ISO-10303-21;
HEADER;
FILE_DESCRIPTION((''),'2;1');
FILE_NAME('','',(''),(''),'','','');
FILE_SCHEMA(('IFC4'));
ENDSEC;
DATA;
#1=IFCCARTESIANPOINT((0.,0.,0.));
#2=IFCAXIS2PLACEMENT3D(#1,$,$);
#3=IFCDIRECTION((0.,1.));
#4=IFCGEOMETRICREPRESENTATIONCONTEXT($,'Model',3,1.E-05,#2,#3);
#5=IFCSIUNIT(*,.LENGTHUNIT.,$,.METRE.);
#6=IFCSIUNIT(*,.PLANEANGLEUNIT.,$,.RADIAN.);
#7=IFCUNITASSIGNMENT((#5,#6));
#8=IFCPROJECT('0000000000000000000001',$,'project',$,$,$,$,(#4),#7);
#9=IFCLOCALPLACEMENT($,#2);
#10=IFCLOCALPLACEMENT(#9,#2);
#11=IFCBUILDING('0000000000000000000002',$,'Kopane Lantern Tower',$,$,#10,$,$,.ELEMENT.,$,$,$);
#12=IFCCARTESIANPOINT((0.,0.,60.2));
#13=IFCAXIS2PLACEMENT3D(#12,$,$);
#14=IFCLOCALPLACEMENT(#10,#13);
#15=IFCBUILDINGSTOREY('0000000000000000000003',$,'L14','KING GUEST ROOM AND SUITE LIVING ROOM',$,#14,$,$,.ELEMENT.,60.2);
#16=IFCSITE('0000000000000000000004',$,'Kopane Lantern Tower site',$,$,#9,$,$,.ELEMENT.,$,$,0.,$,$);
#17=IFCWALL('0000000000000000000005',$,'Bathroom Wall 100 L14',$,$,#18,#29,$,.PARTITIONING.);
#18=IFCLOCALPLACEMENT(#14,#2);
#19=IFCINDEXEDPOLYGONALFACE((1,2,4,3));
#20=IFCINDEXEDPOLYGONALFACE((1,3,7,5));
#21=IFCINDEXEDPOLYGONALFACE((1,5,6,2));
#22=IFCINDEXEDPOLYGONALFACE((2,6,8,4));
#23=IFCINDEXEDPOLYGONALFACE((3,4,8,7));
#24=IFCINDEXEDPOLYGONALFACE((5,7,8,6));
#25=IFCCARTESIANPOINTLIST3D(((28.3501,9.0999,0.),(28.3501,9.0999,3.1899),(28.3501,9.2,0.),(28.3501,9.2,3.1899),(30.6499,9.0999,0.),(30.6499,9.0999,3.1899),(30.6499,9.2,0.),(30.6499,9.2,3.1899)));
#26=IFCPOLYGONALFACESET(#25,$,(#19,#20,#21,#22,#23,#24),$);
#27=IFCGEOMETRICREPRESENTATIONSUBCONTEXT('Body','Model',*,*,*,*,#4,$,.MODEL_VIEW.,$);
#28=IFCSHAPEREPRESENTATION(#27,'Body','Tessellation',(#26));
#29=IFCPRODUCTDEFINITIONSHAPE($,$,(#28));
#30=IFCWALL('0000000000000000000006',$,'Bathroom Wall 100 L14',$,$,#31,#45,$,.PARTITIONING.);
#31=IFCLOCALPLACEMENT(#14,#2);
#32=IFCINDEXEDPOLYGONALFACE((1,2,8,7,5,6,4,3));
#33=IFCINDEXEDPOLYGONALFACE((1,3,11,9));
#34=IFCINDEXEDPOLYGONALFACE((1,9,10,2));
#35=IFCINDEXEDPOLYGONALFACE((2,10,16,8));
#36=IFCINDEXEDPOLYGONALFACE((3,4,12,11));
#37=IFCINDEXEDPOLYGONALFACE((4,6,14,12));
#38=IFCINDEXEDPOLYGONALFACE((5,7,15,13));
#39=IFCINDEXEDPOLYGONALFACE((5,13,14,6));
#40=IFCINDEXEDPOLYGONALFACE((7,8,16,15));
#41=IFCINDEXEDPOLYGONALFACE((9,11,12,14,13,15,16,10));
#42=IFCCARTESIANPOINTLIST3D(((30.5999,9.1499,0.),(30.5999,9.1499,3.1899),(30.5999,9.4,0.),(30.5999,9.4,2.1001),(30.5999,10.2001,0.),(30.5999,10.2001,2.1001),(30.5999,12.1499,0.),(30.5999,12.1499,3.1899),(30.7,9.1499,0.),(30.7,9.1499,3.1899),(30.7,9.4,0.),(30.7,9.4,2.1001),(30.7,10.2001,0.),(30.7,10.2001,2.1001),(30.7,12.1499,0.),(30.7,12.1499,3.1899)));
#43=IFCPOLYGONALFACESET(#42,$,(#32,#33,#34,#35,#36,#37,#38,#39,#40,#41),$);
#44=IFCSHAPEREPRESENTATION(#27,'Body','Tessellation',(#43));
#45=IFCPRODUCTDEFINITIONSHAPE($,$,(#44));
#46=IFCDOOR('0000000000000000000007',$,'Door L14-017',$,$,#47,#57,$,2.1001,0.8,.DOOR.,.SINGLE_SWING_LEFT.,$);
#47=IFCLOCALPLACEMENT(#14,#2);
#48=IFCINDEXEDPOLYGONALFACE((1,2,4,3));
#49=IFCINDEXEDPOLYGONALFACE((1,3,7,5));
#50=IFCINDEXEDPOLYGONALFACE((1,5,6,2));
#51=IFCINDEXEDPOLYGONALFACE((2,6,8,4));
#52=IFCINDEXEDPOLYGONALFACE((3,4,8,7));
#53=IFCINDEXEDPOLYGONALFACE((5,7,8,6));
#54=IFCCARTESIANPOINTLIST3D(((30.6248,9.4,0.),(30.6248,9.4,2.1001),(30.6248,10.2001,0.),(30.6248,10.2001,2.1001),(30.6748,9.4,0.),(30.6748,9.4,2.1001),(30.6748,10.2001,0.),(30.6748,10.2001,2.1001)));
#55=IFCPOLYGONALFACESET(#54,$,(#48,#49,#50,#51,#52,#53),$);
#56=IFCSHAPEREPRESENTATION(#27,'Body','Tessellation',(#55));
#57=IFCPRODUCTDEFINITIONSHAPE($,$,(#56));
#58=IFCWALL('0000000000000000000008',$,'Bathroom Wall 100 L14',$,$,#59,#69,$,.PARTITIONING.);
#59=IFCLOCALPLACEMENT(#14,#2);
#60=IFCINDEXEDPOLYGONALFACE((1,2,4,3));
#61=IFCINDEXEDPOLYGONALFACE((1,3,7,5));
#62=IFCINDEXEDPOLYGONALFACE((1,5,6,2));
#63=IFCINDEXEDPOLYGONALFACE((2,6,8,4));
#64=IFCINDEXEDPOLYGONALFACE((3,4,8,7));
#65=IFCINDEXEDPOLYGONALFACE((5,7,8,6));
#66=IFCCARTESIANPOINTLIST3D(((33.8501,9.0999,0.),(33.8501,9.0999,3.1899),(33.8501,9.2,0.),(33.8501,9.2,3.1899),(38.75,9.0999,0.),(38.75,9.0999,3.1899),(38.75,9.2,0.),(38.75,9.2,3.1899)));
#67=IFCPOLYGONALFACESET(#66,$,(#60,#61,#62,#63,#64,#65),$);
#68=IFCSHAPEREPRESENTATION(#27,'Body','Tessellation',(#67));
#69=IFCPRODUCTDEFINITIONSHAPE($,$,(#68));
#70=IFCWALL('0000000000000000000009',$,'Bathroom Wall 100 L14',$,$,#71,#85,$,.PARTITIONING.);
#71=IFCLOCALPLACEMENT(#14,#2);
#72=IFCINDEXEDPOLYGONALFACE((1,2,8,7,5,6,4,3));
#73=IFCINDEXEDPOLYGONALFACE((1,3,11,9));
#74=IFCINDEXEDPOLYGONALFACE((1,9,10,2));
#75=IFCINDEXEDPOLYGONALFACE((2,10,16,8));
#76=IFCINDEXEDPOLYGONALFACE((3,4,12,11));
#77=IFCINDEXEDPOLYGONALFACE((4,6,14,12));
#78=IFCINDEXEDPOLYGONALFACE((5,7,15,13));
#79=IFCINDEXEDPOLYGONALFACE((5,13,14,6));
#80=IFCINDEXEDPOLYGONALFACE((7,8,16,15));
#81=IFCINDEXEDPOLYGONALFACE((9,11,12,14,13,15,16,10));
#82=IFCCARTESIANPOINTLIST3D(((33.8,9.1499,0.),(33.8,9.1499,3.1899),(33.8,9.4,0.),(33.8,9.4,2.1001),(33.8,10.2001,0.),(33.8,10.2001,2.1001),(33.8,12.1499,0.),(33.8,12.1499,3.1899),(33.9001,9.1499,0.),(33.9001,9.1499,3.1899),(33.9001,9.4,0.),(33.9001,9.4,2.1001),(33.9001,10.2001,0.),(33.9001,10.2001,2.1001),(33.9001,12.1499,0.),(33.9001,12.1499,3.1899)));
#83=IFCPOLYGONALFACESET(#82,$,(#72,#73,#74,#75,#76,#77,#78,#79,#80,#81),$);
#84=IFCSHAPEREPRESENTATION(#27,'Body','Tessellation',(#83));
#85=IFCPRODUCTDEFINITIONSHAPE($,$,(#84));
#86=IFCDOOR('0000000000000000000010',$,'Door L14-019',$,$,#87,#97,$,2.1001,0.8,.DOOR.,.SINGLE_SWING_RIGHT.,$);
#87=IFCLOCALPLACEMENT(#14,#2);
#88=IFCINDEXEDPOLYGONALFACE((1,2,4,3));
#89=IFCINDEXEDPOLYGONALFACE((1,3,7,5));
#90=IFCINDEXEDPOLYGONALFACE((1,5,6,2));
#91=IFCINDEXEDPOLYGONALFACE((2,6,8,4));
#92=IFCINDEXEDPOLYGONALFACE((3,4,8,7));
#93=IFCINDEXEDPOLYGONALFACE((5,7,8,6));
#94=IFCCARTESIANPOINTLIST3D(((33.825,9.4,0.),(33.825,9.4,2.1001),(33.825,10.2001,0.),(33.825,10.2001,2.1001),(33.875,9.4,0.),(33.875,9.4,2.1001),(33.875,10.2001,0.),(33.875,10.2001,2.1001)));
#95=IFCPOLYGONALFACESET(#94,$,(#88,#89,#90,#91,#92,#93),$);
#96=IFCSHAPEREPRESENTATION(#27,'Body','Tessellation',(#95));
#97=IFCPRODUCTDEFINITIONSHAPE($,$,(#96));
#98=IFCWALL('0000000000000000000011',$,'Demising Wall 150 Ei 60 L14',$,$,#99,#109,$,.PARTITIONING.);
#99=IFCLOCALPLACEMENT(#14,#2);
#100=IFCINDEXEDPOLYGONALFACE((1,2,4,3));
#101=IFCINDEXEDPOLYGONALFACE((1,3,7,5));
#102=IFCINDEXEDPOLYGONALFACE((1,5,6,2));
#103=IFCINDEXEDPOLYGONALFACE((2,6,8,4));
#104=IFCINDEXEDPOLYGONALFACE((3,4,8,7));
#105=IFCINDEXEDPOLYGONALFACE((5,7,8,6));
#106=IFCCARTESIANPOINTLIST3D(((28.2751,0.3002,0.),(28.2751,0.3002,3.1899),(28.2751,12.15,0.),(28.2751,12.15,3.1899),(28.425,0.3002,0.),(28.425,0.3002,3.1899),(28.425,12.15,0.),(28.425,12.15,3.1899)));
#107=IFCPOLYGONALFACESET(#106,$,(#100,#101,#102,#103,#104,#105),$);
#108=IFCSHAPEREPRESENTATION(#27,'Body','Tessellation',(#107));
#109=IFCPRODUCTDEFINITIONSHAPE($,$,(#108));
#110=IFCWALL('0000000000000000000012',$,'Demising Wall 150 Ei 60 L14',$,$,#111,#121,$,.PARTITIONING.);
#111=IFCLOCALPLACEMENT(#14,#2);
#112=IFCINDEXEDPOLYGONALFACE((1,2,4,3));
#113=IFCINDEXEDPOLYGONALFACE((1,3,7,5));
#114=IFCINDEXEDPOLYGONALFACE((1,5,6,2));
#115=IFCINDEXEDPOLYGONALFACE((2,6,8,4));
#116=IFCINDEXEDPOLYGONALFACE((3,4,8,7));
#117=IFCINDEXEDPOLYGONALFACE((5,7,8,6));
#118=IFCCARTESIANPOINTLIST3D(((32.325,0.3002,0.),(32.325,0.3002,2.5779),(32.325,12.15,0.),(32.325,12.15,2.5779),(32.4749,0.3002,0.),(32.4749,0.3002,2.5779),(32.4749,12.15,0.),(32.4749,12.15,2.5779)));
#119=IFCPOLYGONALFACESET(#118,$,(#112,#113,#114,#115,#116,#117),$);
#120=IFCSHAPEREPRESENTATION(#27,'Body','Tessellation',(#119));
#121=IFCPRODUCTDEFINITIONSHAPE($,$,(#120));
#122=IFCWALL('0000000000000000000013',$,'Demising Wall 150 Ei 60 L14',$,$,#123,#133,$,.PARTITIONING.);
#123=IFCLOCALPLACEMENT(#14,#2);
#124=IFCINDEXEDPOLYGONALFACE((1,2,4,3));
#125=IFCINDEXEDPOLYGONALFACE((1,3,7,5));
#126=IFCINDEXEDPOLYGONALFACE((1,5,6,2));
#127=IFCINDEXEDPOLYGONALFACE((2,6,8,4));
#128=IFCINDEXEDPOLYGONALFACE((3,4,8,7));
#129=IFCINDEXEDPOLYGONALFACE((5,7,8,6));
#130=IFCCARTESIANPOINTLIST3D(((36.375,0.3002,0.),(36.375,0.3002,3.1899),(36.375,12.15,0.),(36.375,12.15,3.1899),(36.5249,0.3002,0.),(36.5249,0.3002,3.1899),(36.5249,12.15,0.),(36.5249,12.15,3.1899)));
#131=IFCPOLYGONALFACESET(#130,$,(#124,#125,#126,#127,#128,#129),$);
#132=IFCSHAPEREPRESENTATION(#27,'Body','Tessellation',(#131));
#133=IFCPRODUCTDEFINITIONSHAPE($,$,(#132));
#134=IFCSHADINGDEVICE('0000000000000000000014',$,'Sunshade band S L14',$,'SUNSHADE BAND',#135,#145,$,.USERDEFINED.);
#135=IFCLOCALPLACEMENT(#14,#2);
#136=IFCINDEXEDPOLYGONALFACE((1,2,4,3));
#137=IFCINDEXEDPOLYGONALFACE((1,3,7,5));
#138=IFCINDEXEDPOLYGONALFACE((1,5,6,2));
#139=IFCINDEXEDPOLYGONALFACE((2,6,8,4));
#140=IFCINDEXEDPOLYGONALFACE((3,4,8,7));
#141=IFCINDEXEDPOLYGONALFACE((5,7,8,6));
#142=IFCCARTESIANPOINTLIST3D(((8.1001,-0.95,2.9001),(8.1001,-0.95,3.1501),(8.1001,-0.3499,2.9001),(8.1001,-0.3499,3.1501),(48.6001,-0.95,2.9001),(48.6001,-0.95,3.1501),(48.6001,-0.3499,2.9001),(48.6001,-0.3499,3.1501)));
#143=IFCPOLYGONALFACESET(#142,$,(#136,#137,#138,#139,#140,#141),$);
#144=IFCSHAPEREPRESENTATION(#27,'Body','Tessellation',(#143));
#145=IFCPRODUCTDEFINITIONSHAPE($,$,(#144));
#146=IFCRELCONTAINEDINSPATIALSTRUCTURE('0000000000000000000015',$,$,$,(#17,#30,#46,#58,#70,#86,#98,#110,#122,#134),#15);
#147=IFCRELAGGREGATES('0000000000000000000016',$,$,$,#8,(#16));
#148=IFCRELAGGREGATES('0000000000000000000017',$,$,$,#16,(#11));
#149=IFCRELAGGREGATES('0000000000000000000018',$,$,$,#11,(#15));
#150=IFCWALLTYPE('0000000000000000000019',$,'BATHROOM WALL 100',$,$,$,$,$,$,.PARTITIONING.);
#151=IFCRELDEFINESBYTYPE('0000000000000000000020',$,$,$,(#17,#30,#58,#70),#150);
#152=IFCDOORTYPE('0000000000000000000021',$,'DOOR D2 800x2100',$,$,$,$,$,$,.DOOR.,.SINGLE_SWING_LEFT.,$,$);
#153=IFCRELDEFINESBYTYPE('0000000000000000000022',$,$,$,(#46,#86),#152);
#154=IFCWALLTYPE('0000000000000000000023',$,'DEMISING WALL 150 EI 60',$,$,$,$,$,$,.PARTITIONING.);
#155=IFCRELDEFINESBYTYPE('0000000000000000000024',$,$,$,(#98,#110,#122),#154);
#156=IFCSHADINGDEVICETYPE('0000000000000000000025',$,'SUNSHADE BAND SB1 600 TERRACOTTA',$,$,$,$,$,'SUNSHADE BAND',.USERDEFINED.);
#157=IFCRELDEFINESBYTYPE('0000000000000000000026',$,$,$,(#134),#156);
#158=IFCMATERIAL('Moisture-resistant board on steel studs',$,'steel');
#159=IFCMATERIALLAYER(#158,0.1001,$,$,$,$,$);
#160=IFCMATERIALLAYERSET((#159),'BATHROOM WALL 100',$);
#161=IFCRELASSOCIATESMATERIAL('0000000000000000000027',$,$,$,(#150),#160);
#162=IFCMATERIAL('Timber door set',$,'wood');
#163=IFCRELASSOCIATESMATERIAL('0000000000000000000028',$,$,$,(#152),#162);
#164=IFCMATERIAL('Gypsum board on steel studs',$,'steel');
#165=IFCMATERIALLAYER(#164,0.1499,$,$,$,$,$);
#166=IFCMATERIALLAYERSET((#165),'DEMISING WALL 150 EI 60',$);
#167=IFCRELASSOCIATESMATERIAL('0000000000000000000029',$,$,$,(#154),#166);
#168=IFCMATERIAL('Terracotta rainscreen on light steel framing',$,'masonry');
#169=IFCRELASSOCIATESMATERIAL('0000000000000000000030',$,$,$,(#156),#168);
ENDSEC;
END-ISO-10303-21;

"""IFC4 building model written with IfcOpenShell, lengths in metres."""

from ifc_helpers import new_model, si_unit, direction, frame, frame_2d, origin, origin_2d, place, context, subcontext, project, spatial, rectangle, extrude, material, layer, layer_set, type_object, element, fill, save


model = new_model("IFC4")

# Units and contexts
model_context = context("Model", 3, precision=1e-05, world=origin(), true_north=direction((0.0, 1.0)))
body_context = subcontext(model_context, "Body", "Model", "MODEL_VIEW")
ifc_project = project(units=[si_unit("LENGTHUNIT", "METRE"), si_unit("PLANEANGLEUNIT", "RADIAN")], contexts=[model_context])

# Site, building, storey
site_placement = place(None, origin())
site = spatial("IfcSite", under=ifc_project, at=site_placement, Name="Kopane Lantern Tower site", CompositionType="ELEMENT", RefElevation=0.0)
building_placement = place(site_placement, origin())
building = spatial("IfcBuilding", under=site, at=building_placement, Name="Kopane Lantern Tower", CompositionType="ELEMENT")
storey_placement = place(building_placement, frame((0.0, 0.0, 60.2)))
storey = spatial("IfcBuildingStorey", under=building, at=storey_placement, Name="L14", Description="KING GUEST ROOM AND SUITE LIVING ROOM", CompositionType="ELEMENT", Elevation=60.2)

# Shared definitions
ifc_material_1 = material(Name="Moisture-resistant board on steel studs", Category="steel")
ifc_layer_1 = layer(ifc_material_1, 0.1001)
ifc_layer_set_1 = layer_set([ifc_layer_1], Name="BATHROOM WALL 100")
wall_type_1 = type_object("IfcWallType", Name="BATHROOM WALL 100", PredefinedType="PARTITIONING", material=ifc_layer_set_1)
ifc_material_2 = material(Name="Timber door set", Category="wood")
door_type_1 = type_object("IfcDoorType", Name="DOOR D2 800x2100", OperationType="SINGLE_SWING_LEFT", PredefinedType="DOOR", material=ifc_material_2)

# Wall
wall_1_placement = place(storey_placement, frame((28.3501, 9.1499, 0.0), z_axis=(0.0, 0.0, 1.0), x_axis=(1.0, 0.0, 0.0)))
element("IfcWall", 1, at=wall_1_placement, inside=storey, type_object=wall_type_1, Name="Bathroom Wall 100 L14", PredefinedType="PARTITIONING", context=body_context, shape_type="SweptSolid", body=[
    extrude(rectangle(XDim=2.2998, YDim=0.1001, at=frame_2d((1.1499, 0.0))), origin(), (0.0, 0.0, 1.0), 3.1899),
])

# Wall, opening, door
wall_2_placement = place(storey_placement, frame((30.6499, 12.1499, 0.0), z_axis=(0.0, 0.0, 1.0), x_axis=(0.0, -1.0, 0.0)))
wall_2 = element("IfcWall", 2, at=wall_2_placement, inside=storey, type_object=wall_type_1, Name="Bathroom Wall 100 L14", PredefinedType="PARTITIONING", context=body_context, shape_type="SweptSolid", body=[
    extrude(rectangle(XDim=3.0, YDim=0.1001, at=frame_2d((1.5, 0.0))), origin(), (0.0, 0.0, 1.0), 3.1899),
])
opening_1_placement = place(wall_2_placement, frame((1.95, 0.0, 0.0)))
opening_1 = element("IfcOpeningElement", 3, at=opening_1_placement, cuts=wall_2, PredefinedType="OPENING", context=body_context, shape_type="SweptSolid", body=[
    extrude(rectangle(XDim=0.8, YDim=2.1001, at=frame_2d((0.3999, 1.05))), frame((0.0, 0.0601, 0.0), z_axis=(0.0, -1.0, 0.0), x_axis=(1.0, 0.0, 0.0)), (0.0, 0.0, 1.0), 0.1201),
])
door_1_placement = place(opening_1_placement, origin())
door_1 = element("IfcDoor", 4, at=door_1_placement, inside=storey, type_object=door_type_1, Name="Door L14-017", OperationType="SINGLE_SWING_LEFT", OverallHeight=2.1001, OverallWidth=0.8, PredefinedType="DOOR", context=body_context, shape_type="SweptSolid", body=[
    extrude(rectangle(XDim=0.8, YDim=2.1001, at=frame_2d((0.3999, 1.05))), frame((0.0, 0.0249, 0.0), z_axis=(0.0, -1.0, 0.0), x_axis=(1.0, 0.0, 0.0)), (0.0, 0.0, 1.0), 0.05),
])
fill(opening_1, door_1)

# Wall
wall_3_placement = place(storey_placement, frame((33.8501, 9.1499, 0.0), z_axis=(0.0, 0.0, 1.0), x_axis=(1.0, 0.0, 0.0)))
element("IfcWall", 5, at=wall_3_placement, inside=storey, type_object=wall_type_1, Name="Bathroom Wall 100 L14", PredefinedType="PARTITIONING", context=body_context, shape_type="SweptSolid", body=[
    extrude(rectangle(XDim=4.8999, YDim=0.1001, at=frame_2d((2.45, 0.0))), origin(), (0.0, 0.0, 1.0), 3.1899),
])

# Wall, opening, door
wall_4_placement = place(storey_placement, frame((33.8501, 12.1499, 0.0), z_axis=(0.0, 0.0, 1.0), x_axis=(0.0, -1.0, 0.0)))
wall_4 = element("IfcWall", 6, at=wall_4_placement, inside=storey, type_object=wall_type_1, Name="Bathroom Wall 100 L14", PredefinedType="PARTITIONING", context=body_context, shape_type="SweptSolid", body=[
    extrude(rectangle(XDim=3.0, YDim=0.1001, at=frame_2d((1.5, 0.0))), origin(), (0.0, 0.0, 1.0), 3.1899),
])
opening_2_placement = place(wall_4_placement, frame((1.95, 0.0, 0.0)))
opening_2 = element("IfcOpeningElement", 7, at=opening_2_placement, cuts=wall_4, PredefinedType="OPENING", context=body_context, shape_type="SweptSolid", body=[
    extrude(rectangle(XDim=0.8, YDim=2.1001, at=frame_2d((0.3999, 1.05))), frame((0.0, 0.0601, 0.0), z_axis=(0.0, -1.0, 0.0), x_axis=(1.0, 0.0, 0.0)), (0.0, 0.0, 1.0), 0.1201),
])
door_2_placement = place(opening_2_placement, origin())
door_2 = element("IfcDoor", 8, at=door_2_placement, inside=storey, type_object=door_type_1, Name="Door L14-019", OperationType="SINGLE_SWING_RIGHT", OverallHeight=2.1001, OverallWidth=0.8, PredefinedType="DOOR", context=body_context, shape_type="SweptSolid", body=[
    extrude(rectangle(XDim=0.8, YDim=2.1001, at=frame_2d((0.3999, 1.05))), frame((0.0, 0.0249, 0.0), z_axis=(0.0, -1.0, 0.0), x_axis=(1.0, 0.0, 0.0)), (0.0, 0.0, 1.0), 0.05),
])
fill(opening_2, door_2)

# Walls
ifc_material_3 = material(Name="Gypsum board on steel studs", Category="steel")
ifc_layer_2 = layer(ifc_material_3, 0.1499)
ifc_layer_set_2 = layer_set([ifc_layer_2], Name="DEMISING WALL 150 EI 60")
wall_type_2 = type_object("IfcWallType", Name="DEMISING WALL 150 EI 60", PredefinedType="PARTITIONING", material=ifc_layer_set_2)
wall_5_placement = place(storey_placement, frame((28.3501, 12.1499, 0.0), z_axis=(0.0, 0.0, 1.0), x_axis=(0.0, -1.0, 0.0)))
element("IfcWall", 9, at=wall_5_placement, inside=storey, type_object=wall_type_2, Name="Demising Wall 150 Ei 60 L14", PredefinedType="PARTITIONING", context=body_context, shape_type="SweptSolid", body=[
    extrude(rectangle(XDim=11.8499, YDim=0.1499, at=frame_2d((5.9248, 0.0))), origin(), (0.0, 0.0, 1.0), 3.1899),
])
wall_6_placement = place(storey_placement, frame((32.3999, 12.1499, 0.0), z_axis=(0.0, 0.0, 1.0), x_axis=(0.0, -1.0, 0.0)))
element("IfcWall", 10, at=wall_6_placement, inside=storey, type_object=wall_type_2, Name="Demising Wall 150 Ei 60 L14", PredefinedType="PARTITIONING", context=body_context, shape_type="SweptSolid", body=[
    extrude(rectangle(XDim=11.8499, YDim=0.1499, at=frame_2d((5.9248, 0.0))), origin(), (0.0, 0.0, 1.0), 2.5779),
])
wall_7_placement = place(storey_placement, frame((36.45, 12.1499, 0.0), z_axis=(0.0, 0.0, 1.0), x_axis=(0.0, -1.0, 0.0)))
element("IfcWall", 11, at=wall_7_placement, inside=storey, type_object=wall_type_2, Name="Demising Wall 150 Ei 60 L14", PredefinedType="PARTITIONING", context=body_context, shape_type="SweptSolid", body=[
    extrude(rectangle(XDim=11.8499, YDim=0.1499, at=frame_2d((5.9248, 0.0))), origin(), (0.0, 0.0, 1.0), 3.1899),
])

# Shading device
ifc_material_4 = material(Name="Terracotta rainscreen on light steel framing", Category="masonry")
shading_device_type = type_object("IfcShadingDeviceType", Name="SUNSHADE BAND SB1 600 TERRACOTTA", ElementType="SUNSHADE BAND", PredefinedType="USERDEFINED", material=ifc_material_4)
shading_device_placement = place(storey_placement, frame((28.3501, -0.6499, 2.9001), z_axis=(0.0, 0.0, 1.0), x_axis=(1.0, 0.0, 0.0)))
element("IfcShadingDevice", 12, at=shading_device_placement, inside=storey, type_object=shading_device_type, Name="Sunshade band S L14", ObjectType="SUNSHADE BAND", PredefinedType="USERDEFINED", context=body_context, shape_type="SweptSolid", body=[
    extrude(rectangle(XDim=40.5, YDim=0.6001, at=origin_2d()), origin(), (0.0, 0.0, 1.0), 0.25),
])

save(model, "model.ifc")
